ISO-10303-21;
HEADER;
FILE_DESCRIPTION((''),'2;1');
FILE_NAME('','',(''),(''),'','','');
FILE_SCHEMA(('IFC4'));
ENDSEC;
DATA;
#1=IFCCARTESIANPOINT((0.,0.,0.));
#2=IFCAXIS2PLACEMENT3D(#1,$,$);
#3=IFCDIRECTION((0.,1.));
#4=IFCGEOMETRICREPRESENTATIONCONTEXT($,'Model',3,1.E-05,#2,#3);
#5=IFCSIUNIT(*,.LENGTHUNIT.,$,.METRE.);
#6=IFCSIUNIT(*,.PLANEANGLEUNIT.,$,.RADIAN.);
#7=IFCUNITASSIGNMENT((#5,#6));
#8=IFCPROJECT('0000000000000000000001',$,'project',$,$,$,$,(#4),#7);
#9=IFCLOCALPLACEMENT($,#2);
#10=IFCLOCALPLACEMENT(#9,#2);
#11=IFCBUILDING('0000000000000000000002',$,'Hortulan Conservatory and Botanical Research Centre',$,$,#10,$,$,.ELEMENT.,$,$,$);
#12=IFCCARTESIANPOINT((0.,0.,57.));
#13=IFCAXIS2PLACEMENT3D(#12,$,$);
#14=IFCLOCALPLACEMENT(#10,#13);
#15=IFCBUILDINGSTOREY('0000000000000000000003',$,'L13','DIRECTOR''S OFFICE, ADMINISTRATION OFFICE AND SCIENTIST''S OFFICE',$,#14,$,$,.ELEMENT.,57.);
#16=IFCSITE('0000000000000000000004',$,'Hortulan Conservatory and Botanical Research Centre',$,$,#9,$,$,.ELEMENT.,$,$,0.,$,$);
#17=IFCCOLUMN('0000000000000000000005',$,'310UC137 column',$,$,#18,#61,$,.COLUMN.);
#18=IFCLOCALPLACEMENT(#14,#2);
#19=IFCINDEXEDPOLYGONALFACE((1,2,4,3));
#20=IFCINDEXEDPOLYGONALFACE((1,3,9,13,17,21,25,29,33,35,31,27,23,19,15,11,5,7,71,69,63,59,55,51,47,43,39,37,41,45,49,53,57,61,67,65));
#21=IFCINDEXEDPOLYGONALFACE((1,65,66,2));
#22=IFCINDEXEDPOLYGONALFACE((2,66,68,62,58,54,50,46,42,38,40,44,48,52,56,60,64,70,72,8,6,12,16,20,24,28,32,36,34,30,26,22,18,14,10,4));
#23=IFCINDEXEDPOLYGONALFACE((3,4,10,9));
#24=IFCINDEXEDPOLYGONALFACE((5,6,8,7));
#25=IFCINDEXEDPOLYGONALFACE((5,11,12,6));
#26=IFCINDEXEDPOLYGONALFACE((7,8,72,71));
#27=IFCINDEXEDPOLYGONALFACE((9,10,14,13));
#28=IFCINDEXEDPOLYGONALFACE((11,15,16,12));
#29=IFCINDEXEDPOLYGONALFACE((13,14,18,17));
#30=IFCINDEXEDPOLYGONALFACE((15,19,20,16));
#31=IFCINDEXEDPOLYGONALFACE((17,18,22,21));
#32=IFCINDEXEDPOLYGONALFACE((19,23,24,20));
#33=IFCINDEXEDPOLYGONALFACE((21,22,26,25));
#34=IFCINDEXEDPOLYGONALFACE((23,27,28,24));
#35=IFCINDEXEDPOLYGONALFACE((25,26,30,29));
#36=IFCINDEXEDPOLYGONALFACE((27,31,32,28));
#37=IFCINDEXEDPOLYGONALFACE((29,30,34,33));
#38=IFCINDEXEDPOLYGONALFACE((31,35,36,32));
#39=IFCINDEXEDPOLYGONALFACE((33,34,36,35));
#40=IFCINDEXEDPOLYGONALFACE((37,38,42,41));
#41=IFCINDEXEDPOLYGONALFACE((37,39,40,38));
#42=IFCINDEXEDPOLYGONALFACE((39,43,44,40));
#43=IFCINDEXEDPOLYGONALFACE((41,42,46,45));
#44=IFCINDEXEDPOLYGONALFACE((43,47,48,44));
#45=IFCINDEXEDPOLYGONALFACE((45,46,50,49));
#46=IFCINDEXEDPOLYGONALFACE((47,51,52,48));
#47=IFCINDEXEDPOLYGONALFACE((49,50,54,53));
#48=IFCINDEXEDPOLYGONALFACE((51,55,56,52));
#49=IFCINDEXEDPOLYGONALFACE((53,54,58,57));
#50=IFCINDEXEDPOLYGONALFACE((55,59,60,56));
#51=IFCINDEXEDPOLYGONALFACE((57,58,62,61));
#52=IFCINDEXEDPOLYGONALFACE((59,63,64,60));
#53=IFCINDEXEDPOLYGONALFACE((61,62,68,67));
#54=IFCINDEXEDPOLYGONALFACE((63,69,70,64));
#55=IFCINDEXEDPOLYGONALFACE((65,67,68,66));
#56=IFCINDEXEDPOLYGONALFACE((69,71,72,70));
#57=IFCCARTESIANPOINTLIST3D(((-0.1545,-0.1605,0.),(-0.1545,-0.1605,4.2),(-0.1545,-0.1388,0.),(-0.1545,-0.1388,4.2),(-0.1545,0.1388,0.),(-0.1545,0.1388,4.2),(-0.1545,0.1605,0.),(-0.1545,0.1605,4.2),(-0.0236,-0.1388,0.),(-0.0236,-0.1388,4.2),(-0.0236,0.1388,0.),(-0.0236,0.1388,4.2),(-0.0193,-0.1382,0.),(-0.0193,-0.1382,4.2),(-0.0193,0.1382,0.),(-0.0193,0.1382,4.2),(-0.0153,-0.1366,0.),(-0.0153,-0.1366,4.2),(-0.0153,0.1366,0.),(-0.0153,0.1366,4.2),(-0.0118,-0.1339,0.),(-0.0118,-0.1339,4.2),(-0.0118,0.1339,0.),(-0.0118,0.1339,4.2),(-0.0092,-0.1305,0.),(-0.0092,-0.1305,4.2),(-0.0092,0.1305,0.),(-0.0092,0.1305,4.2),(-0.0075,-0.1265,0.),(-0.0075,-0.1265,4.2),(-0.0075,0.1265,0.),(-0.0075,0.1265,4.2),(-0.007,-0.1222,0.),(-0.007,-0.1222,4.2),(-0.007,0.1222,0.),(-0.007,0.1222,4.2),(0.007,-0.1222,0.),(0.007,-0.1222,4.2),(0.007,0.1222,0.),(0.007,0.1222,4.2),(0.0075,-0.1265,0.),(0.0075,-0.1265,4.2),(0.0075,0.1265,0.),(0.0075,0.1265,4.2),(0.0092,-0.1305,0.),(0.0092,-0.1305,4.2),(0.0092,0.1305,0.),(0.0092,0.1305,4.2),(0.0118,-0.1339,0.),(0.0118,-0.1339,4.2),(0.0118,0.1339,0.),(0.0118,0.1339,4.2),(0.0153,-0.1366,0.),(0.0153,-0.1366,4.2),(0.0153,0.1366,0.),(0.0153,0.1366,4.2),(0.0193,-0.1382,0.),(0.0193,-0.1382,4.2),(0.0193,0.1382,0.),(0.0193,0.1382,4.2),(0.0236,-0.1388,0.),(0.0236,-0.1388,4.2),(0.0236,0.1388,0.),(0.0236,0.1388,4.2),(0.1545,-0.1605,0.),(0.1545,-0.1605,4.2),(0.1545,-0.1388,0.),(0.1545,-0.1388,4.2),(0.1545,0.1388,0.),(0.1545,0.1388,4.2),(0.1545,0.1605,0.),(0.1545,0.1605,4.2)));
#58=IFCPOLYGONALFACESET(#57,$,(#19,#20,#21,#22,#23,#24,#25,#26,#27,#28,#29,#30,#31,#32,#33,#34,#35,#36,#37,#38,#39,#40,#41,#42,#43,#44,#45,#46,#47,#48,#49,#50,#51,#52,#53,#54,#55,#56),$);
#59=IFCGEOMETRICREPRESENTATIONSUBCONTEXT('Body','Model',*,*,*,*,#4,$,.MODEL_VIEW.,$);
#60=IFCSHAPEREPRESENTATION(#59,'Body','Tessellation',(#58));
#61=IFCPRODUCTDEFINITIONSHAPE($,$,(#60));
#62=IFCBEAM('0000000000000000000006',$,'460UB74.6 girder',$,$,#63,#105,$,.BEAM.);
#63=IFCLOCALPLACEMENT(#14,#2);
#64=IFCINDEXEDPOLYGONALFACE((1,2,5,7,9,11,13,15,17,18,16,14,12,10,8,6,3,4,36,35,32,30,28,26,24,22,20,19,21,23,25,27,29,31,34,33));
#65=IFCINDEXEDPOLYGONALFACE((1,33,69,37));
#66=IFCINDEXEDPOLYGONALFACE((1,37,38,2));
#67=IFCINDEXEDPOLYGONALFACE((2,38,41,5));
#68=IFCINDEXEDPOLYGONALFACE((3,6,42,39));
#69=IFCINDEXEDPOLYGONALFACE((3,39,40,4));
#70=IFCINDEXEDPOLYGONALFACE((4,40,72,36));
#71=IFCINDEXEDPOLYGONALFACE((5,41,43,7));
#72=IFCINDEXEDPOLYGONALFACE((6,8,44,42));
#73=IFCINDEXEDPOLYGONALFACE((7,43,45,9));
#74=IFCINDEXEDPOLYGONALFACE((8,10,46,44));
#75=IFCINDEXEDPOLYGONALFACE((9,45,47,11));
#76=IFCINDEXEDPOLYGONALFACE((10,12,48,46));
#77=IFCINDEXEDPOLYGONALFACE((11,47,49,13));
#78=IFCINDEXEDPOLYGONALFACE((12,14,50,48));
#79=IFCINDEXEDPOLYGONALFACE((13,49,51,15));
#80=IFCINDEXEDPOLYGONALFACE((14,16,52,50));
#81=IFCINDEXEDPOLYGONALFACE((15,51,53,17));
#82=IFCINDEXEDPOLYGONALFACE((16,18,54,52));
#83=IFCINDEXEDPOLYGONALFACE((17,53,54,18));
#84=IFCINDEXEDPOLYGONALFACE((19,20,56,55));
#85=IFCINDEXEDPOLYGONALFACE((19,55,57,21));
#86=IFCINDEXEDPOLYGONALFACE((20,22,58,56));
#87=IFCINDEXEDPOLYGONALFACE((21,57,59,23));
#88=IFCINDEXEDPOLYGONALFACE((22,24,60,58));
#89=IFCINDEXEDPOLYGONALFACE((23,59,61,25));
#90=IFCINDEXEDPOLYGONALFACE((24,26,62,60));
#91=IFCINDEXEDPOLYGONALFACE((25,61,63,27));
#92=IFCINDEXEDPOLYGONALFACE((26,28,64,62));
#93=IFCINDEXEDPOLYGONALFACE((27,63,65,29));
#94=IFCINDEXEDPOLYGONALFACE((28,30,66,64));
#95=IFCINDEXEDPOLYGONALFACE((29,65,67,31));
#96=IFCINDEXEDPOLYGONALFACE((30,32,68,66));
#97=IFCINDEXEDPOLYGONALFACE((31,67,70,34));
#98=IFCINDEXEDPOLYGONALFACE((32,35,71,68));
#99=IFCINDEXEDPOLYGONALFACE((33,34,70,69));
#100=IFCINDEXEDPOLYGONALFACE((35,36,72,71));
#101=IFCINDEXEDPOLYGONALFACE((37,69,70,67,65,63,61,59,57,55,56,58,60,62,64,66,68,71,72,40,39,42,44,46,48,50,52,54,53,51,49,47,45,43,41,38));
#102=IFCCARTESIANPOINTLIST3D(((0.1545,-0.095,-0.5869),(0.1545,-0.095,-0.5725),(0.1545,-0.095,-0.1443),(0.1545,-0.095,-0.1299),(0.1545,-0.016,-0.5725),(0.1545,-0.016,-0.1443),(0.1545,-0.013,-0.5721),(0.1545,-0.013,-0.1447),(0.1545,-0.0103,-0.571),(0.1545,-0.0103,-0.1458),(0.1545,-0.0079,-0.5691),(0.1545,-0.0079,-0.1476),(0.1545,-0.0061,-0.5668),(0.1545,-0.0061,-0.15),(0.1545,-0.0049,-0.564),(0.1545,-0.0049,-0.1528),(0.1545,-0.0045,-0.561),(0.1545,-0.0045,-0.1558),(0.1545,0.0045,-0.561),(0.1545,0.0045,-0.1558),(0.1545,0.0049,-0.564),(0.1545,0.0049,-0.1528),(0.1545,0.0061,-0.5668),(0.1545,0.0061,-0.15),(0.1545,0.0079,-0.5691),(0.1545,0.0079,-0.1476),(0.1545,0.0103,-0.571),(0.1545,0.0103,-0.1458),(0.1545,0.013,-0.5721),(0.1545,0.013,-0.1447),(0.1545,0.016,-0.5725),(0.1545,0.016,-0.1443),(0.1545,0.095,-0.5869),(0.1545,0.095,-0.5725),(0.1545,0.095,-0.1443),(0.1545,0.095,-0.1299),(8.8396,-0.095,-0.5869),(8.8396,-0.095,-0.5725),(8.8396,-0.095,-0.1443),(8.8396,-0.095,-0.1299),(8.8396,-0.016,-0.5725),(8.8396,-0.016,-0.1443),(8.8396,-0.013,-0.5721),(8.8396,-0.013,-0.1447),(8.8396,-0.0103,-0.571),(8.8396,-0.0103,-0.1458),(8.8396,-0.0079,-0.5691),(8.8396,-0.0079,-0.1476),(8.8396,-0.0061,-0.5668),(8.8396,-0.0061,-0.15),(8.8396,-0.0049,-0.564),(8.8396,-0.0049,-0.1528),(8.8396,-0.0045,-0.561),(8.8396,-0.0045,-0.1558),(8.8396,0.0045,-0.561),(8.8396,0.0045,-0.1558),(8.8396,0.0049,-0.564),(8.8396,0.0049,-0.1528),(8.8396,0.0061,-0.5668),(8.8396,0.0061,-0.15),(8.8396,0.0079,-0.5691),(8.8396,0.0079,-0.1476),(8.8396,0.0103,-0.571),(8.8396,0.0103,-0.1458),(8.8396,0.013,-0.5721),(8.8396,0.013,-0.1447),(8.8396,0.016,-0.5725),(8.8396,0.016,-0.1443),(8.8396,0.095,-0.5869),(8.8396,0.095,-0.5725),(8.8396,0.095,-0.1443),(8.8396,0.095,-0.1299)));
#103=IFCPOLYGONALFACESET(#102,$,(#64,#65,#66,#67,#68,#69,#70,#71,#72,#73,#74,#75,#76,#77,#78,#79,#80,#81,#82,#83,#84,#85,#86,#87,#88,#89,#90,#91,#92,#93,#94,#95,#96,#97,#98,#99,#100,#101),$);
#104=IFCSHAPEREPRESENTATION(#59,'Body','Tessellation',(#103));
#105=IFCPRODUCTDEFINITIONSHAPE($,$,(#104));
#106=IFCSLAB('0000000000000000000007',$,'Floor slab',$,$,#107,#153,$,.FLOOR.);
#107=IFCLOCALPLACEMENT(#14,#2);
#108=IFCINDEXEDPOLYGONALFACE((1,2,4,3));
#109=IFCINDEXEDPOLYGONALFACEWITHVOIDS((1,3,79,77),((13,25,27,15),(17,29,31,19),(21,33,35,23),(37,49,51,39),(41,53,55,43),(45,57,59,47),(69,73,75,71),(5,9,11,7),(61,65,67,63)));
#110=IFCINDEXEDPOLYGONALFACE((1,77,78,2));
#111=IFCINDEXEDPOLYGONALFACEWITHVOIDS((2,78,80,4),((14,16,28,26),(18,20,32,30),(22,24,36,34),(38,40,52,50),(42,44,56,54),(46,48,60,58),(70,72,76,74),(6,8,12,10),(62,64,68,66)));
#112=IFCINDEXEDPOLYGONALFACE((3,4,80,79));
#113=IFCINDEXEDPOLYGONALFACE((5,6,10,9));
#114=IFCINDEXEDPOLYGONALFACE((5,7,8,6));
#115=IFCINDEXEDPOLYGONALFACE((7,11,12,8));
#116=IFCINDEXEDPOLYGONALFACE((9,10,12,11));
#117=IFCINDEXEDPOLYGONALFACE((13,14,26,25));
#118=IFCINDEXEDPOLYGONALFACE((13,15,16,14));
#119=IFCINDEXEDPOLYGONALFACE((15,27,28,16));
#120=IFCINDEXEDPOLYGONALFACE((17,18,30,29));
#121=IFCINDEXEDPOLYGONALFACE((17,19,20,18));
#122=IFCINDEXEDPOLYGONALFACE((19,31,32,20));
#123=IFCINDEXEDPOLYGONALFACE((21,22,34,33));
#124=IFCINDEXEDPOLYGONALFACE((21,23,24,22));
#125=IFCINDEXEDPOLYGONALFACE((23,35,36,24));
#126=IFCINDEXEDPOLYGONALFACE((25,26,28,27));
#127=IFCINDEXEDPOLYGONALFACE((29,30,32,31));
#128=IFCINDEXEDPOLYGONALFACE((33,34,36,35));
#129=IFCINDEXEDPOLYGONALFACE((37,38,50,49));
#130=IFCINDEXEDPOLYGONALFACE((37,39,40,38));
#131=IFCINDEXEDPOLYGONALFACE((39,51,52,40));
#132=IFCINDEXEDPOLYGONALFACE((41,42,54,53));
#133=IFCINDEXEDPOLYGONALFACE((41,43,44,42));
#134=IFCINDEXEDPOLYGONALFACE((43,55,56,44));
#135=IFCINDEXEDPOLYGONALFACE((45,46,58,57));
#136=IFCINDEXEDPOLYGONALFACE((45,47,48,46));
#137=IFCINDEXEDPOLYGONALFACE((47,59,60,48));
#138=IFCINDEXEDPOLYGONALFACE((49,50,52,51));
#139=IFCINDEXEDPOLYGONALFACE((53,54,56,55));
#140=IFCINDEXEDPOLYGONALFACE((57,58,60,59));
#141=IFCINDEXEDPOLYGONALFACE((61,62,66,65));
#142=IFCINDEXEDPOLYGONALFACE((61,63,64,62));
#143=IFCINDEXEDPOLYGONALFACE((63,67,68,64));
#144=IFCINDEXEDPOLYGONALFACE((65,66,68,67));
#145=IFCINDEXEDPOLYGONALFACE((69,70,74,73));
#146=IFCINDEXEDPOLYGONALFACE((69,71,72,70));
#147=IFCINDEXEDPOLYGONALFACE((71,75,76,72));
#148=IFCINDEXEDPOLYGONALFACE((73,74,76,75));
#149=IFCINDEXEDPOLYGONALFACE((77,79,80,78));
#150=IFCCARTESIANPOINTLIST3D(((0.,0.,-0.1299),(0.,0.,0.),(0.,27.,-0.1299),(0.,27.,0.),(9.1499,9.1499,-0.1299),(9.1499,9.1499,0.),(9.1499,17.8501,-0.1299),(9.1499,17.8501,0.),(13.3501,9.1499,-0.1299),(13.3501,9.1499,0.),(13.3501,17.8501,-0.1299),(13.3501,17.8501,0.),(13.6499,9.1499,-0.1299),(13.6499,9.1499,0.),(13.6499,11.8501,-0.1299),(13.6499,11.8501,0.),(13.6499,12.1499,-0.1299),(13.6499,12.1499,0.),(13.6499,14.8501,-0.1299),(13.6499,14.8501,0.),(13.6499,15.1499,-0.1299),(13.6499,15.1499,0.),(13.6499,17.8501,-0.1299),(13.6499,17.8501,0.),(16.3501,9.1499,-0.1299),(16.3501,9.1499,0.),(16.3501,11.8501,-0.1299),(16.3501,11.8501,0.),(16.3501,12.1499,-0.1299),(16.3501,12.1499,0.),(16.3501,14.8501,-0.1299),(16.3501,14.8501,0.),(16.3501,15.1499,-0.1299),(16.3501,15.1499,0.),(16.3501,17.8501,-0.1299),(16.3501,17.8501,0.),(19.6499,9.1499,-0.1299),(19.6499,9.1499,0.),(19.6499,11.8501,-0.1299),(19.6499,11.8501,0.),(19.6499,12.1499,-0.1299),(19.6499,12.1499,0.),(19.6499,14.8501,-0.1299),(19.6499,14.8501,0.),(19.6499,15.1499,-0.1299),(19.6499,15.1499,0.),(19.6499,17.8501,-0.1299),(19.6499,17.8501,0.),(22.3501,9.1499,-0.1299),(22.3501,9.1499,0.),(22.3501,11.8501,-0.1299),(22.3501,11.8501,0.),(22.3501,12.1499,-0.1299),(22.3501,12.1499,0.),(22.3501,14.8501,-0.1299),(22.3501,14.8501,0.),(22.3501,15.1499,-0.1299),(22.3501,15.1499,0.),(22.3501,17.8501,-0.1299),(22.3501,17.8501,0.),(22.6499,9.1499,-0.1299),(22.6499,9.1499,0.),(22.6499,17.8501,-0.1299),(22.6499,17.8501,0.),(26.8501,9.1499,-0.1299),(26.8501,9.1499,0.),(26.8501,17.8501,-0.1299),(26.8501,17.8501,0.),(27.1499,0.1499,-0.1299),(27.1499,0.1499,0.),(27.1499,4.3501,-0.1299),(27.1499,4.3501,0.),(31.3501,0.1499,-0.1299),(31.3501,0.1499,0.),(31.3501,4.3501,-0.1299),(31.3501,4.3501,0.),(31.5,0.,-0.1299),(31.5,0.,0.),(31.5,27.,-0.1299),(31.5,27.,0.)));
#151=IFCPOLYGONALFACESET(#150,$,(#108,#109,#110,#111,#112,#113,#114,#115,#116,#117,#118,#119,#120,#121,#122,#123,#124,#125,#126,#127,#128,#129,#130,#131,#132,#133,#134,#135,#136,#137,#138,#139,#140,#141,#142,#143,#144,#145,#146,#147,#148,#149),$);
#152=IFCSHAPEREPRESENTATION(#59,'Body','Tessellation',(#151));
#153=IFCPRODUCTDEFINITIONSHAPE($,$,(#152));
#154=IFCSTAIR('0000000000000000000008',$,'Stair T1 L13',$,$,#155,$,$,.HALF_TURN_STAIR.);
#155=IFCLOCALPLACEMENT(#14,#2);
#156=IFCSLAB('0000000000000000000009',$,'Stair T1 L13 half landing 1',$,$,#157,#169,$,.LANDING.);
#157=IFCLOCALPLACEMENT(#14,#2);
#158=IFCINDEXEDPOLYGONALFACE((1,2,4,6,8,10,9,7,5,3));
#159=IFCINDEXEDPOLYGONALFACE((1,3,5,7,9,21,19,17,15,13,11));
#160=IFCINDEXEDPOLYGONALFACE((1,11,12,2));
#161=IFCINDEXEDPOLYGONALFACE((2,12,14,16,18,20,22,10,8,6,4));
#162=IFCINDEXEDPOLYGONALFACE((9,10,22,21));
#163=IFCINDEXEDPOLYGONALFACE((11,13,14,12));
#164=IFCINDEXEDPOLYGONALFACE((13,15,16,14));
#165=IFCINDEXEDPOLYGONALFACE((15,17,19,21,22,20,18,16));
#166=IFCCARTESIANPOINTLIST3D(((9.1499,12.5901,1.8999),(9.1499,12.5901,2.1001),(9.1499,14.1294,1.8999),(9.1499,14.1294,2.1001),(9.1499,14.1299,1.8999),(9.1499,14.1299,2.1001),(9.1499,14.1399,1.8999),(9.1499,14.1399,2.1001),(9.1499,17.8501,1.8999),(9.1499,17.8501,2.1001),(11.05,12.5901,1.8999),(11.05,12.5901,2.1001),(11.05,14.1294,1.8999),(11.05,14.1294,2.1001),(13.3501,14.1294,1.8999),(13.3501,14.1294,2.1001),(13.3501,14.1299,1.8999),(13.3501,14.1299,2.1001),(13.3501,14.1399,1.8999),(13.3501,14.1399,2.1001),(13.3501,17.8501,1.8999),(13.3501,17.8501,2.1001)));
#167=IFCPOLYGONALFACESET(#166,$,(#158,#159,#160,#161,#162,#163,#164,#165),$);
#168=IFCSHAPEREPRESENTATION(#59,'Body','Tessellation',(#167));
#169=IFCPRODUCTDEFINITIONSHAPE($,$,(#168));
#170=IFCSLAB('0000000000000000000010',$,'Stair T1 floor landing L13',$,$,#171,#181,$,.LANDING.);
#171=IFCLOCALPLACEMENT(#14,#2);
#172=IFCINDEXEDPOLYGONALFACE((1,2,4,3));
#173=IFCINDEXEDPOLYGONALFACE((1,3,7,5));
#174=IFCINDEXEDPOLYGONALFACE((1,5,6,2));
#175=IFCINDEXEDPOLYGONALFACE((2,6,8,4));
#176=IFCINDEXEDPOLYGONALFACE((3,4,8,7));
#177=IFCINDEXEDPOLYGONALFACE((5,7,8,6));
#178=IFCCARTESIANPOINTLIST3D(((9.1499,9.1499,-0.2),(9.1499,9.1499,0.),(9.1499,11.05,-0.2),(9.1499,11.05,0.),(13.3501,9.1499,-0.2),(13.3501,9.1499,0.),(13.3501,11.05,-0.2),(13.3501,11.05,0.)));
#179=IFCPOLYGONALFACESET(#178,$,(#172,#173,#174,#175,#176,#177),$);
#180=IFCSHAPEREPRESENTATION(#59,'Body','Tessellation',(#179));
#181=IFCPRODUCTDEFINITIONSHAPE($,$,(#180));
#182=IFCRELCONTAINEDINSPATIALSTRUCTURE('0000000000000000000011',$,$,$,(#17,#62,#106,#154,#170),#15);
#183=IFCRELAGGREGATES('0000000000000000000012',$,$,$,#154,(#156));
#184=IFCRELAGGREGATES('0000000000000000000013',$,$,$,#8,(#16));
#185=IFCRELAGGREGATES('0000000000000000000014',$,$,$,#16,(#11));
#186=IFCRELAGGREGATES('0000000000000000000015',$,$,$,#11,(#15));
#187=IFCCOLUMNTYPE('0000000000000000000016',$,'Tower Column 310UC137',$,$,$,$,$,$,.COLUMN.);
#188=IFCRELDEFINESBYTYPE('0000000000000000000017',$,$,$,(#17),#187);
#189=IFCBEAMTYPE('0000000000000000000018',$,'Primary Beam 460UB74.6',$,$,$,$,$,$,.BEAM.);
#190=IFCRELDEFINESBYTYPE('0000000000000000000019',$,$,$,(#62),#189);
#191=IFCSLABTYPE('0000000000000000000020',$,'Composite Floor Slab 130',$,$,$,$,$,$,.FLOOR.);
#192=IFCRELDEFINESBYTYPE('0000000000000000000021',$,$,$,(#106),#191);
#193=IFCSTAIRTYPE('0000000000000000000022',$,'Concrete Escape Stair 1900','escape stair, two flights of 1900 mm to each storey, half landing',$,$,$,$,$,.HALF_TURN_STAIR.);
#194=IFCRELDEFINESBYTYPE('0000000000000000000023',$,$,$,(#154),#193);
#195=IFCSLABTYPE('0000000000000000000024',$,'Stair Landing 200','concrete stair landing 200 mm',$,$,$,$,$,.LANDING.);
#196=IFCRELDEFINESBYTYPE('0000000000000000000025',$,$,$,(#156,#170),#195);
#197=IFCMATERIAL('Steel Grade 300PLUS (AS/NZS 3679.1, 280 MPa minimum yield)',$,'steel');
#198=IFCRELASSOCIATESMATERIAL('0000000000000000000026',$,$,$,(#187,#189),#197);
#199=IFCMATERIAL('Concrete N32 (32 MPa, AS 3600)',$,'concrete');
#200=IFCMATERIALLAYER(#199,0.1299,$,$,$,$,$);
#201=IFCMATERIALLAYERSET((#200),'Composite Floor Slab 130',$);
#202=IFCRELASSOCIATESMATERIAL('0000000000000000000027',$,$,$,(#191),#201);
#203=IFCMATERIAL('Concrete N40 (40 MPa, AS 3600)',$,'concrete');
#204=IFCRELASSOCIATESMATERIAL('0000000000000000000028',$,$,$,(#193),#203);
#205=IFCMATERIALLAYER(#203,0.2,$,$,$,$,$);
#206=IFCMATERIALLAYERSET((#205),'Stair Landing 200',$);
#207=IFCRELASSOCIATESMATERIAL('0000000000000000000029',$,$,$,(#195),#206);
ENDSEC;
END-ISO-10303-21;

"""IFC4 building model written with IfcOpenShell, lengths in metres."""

from ifc_helpers import new_model, si_unit, direction, frame, origin, origin_with_axes, origin_2d, place, context, subcontext, project, spatial, polyline, i_section, outline, extrude, material, layer, layer_set, material_profile, profile_set, type_object, element, aggregate, save


model = new_model("IFC4")

# Units and contexts
model_context = context("Model", 3, precision=1e-05, world=origin(), true_north=direction((0.0, 1.0)))
body_context = subcontext(model_context, "Body", "Model", "MODEL_VIEW")
ifc_project = project(units=[si_unit("LENGTHUNIT", "METRE"), si_unit("PLANEANGLEUNIT", "RADIAN")], contexts=[model_context])

# Site, building, storey
site_placement = place(None, origin())
site = spatial("IfcSite", under=ifc_project, at=site_placement, Name="Hortulan Conservatory and Botanical Research Centre", CompositionType="ELEMENT", RefElevation=0.0)
building_placement = place(site_placement, origin())
building = spatial("IfcBuilding", under=site, at=building_placement, Name="Hortulan Conservatory and Botanical Research Centre", CompositionType="ELEMENT")
storey_placement = place(building_placement, frame((0.0, 0.0, 57.0)))
storey = spatial("IfcBuildingStorey", under=building, at=storey_placement, Name="L13", Description="DIRECTOR'S OFFICE, ADMINISTRATION OFFICE AND SCIENTIST'S OFFICE", CompositionType="ELEMENT", Elevation=57.0)

# Column
ifc_material_1 = material(Name="Steel Grade 300PLUS (AS/NZS 3679.1, 280 MPa minimum yield)", Category="steel")
ifc_material_profile_1 = material_profile(ifc_material_1, i_section(OverallWidth=0.3091, OverallDepth=0.321, WebThickness=0.0139, FlangeThickness=0.0217, FilletRadius=0.0166, at=origin_2d()), Name="310UC137")
ifc_profile_set_1 = profile_set([ifc_material_profile_1], Name="Steel Grade 300PLUS (AS/NZS 3679.1, 280 MPa minimum yield)")
column_type = type_object("IfcColumnType", Name="Tower Column 310UC137", PredefinedType="COLUMN", material=ifc_profile_set_1)
column_placement = place(storey_placement, origin_with_axes())
element("IfcColumn", 1, at=column_placement, inside=storey, type_object=column_type, Name="310UC137 column", PredefinedType="COLUMN", context=body_context, shape_type="SweptSolid", body=[
    extrude(i_section(OverallWidth=0.3091, OverallDepth=0.321, WebThickness=0.0139, FlangeThickness=0.0217, FilletRadius=0.0166, at=origin_2d()), origin(), (0.0, 0.0, 1.0), 4.2),
])

# Beam
ifc_material_profile_2 = material_profile(ifc_material_1, i_section(OverallWidth=0.1899, OverallDepth=0.457, WebThickness=0.009, FlangeThickness=0.0144, FilletRadius=0.0115, at=origin_2d()), Name="460UB74.6")
ifc_profile_set_2 = profile_set([ifc_material_profile_2], Name="Steel Grade 300PLUS (AS/NZS 3679.1, 280 MPa minimum yield)")
beam_type = type_object("IfcBeamType", Name="Primary Beam 460UB74.6", PredefinedType="BEAM", material=ifc_profile_set_2)
beam_placement = place(storey_placement, frame((0.1545, 0.0, -0.3584), z_axis=(1.0, 0.0, 0.0), x_axis=(0.0, 1.0, 0.0)))
element("IfcBeam", 2, at=beam_placement, inside=storey, type_object=beam_type, Name="460UB74.6 girder", PredefinedType="BEAM", context=body_context, shape_type="SweptSolid", body=[
    extrude(i_section(OverallWidth=0.1899, OverallDepth=0.457, WebThickness=0.009, FlangeThickness=0.0144, FilletRadius=0.0115, at=origin_2d()), origin(), (0.0, 0.0, 1.0), 8.6851),
])

# Slab
ifc_material_2 = material(Name="Concrete N32 (32 MPa, AS 3600)", Category="concrete")
ifc_layer_1 = layer(ifc_material_2, 0.1299)
ifc_layer_set_1 = layer_set([ifc_layer_1], Name="Composite Floor Slab 130")
slab_type_1 = type_object("IfcSlabType", Name="Composite Floor Slab 130", PredefinedType="FLOOR", material=ifc_layer_set_1)
slab_1_placement = place(storey_placement, frame((0.0, 0.0, -0.1299)))
element("IfcSlab", 3, at=slab_1_placement, inside=storey, type_object=slab_type_1, Name="Floor slab", PredefinedType="FLOOR", context=body_context, shape_type="SweptSolid", body=[
    extrude(outline(polyline([(0.0, 0.0), (31.5, 0.0), (31.5, 27.0), (0.0, 27.0), (0.0, 0.0)]), holes=[polyline([(27.1499, 4.3501), (27.1499, 0.1499), (31.3501, 0.1499), (31.3501, 4.3501), (27.1499, 4.3501)]), polyline([(13.6499, 11.8501), (13.6499, 9.1499), (16.3501, 9.1499), (16.3501, 11.8501), (13.6499, 11.8501)]), polyline([(19.6499, 11.8501), (19.6499, 9.1499), (22.3501, 9.1499), (22.3501, 11.8501), (19.6499, 11.8501)]), polyline([(9.1499, 17.8501), (9.1499, 9.1499), (13.3501, 9.1499), (13.3501, 17.8501), (9.1499, 17.8501)]), polyline([(13.6499, 14.8501), (13.6499, 12.1499), (16.3501, 12.1499), (16.3501, 14.8501), (13.6499, 14.8501)]), polyline([(19.6499, 14.8501), (19.6499, 12.1499), (22.3501, 12.1499), (22.3501, 14.8501), (19.6499, 14.8501)]), polyline([(22.6499, 17.8501), (22.6499, 9.1499), (26.8501, 9.1499), (26.8501, 17.8501), (22.6499, 17.8501)]), polyline([(16.3501, 17.8501), (13.6499, 17.8501), (13.6499, 15.1499), (16.3501, 15.1499), (16.3501, 17.8501)]), polyline([(22.3501, 17.8501), (19.6499, 17.8501), (19.6499, 15.1499), (22.3501, 15.1499), (22.3501, 17.8501)])]), origin(), (0.0, 0.0, 1.0), 0.1299),
])

# Stair, slab
ifc_material_3 = material(Name="Concrete N40 (40 MPa, AS 3600)", Category="concrete")
stair_type_1 = type_object("IfcStairType", Name="Concrete Escape Stair 1900", Description="escape stair, two flights of 1900 mm to each storey, half landing", PredefinedType="HALF_TURN_STAIR", material=ifc_material_3)
stair_1_placement = place(storey_placement, origin())
stair_1 = element("IfcStair", 4, at=stair_1_placement, inside=storey, type_object=stair_type_1, Name="Stair T1 L13", PredefinedType="HALF_TURN_STAIR")
ifc_layer_2 = layer(ifc_material_3, 0.2)
ifc_layer_set_2 = layer_set([ifc_layer_2], Name="Stair Landing 200")
slab_type_2 = type_object("IfcSlabType", Name="Stair Landing 200", Description="concrete stair landing 200 mm", PredefinedType="LANDING", material=ifc_layer_set_2)
slab_2_placement = place(storey_placement, frame((0.0, 0.0, 1.8999)))
slab_2 = element("IfcSlab", 5, at=slab_2_placement, type_object=slab_type_2, Name="Stair T1 L13 half landing 1", PredefinedType="LANDING", context=body_context, shape_type="SweptSolid", body=[
    extrude(outline(polyline([(13.3501, 14.1294), (11.05, 14.1294), (11.05, 12.5901), (9.1499, 12.5901), (9.1499, 14.1294), (9.1499, 14.1299), (9.1499, 14.1399), (9.1499, 17.8501), (13.3501, 17.8501), (13.3501, 14.1399), (13.3501, 14.1299), (13.3501, 14.1294)])), origin(), (0.0, 0.0, 1.0), 0.2002),
])
aggregate(stair_1, [slab_2])

# Slab
slab_3_placement = place(storey_placement, frame((0.0, 0.0, -0.2)))
element("IfcSlab", 6, at=slab_3_placement, inside=storey, type_object=slab_type_2, Name="Stair T1 floor landing L13", PredefinedType="LANDING", context=body_context, shape_type="SweptSolid", body=[
    extrude(outline(polyline([(13.3501, 9.1499), (9.1499, 9.1499), (9.1499, 11.05), (13.3501, 11.05), (13.3501, 9.1499)])), origin(), (0.0, 0.0, 1.0), 0.2),
])

save(model, "model.ifc")
